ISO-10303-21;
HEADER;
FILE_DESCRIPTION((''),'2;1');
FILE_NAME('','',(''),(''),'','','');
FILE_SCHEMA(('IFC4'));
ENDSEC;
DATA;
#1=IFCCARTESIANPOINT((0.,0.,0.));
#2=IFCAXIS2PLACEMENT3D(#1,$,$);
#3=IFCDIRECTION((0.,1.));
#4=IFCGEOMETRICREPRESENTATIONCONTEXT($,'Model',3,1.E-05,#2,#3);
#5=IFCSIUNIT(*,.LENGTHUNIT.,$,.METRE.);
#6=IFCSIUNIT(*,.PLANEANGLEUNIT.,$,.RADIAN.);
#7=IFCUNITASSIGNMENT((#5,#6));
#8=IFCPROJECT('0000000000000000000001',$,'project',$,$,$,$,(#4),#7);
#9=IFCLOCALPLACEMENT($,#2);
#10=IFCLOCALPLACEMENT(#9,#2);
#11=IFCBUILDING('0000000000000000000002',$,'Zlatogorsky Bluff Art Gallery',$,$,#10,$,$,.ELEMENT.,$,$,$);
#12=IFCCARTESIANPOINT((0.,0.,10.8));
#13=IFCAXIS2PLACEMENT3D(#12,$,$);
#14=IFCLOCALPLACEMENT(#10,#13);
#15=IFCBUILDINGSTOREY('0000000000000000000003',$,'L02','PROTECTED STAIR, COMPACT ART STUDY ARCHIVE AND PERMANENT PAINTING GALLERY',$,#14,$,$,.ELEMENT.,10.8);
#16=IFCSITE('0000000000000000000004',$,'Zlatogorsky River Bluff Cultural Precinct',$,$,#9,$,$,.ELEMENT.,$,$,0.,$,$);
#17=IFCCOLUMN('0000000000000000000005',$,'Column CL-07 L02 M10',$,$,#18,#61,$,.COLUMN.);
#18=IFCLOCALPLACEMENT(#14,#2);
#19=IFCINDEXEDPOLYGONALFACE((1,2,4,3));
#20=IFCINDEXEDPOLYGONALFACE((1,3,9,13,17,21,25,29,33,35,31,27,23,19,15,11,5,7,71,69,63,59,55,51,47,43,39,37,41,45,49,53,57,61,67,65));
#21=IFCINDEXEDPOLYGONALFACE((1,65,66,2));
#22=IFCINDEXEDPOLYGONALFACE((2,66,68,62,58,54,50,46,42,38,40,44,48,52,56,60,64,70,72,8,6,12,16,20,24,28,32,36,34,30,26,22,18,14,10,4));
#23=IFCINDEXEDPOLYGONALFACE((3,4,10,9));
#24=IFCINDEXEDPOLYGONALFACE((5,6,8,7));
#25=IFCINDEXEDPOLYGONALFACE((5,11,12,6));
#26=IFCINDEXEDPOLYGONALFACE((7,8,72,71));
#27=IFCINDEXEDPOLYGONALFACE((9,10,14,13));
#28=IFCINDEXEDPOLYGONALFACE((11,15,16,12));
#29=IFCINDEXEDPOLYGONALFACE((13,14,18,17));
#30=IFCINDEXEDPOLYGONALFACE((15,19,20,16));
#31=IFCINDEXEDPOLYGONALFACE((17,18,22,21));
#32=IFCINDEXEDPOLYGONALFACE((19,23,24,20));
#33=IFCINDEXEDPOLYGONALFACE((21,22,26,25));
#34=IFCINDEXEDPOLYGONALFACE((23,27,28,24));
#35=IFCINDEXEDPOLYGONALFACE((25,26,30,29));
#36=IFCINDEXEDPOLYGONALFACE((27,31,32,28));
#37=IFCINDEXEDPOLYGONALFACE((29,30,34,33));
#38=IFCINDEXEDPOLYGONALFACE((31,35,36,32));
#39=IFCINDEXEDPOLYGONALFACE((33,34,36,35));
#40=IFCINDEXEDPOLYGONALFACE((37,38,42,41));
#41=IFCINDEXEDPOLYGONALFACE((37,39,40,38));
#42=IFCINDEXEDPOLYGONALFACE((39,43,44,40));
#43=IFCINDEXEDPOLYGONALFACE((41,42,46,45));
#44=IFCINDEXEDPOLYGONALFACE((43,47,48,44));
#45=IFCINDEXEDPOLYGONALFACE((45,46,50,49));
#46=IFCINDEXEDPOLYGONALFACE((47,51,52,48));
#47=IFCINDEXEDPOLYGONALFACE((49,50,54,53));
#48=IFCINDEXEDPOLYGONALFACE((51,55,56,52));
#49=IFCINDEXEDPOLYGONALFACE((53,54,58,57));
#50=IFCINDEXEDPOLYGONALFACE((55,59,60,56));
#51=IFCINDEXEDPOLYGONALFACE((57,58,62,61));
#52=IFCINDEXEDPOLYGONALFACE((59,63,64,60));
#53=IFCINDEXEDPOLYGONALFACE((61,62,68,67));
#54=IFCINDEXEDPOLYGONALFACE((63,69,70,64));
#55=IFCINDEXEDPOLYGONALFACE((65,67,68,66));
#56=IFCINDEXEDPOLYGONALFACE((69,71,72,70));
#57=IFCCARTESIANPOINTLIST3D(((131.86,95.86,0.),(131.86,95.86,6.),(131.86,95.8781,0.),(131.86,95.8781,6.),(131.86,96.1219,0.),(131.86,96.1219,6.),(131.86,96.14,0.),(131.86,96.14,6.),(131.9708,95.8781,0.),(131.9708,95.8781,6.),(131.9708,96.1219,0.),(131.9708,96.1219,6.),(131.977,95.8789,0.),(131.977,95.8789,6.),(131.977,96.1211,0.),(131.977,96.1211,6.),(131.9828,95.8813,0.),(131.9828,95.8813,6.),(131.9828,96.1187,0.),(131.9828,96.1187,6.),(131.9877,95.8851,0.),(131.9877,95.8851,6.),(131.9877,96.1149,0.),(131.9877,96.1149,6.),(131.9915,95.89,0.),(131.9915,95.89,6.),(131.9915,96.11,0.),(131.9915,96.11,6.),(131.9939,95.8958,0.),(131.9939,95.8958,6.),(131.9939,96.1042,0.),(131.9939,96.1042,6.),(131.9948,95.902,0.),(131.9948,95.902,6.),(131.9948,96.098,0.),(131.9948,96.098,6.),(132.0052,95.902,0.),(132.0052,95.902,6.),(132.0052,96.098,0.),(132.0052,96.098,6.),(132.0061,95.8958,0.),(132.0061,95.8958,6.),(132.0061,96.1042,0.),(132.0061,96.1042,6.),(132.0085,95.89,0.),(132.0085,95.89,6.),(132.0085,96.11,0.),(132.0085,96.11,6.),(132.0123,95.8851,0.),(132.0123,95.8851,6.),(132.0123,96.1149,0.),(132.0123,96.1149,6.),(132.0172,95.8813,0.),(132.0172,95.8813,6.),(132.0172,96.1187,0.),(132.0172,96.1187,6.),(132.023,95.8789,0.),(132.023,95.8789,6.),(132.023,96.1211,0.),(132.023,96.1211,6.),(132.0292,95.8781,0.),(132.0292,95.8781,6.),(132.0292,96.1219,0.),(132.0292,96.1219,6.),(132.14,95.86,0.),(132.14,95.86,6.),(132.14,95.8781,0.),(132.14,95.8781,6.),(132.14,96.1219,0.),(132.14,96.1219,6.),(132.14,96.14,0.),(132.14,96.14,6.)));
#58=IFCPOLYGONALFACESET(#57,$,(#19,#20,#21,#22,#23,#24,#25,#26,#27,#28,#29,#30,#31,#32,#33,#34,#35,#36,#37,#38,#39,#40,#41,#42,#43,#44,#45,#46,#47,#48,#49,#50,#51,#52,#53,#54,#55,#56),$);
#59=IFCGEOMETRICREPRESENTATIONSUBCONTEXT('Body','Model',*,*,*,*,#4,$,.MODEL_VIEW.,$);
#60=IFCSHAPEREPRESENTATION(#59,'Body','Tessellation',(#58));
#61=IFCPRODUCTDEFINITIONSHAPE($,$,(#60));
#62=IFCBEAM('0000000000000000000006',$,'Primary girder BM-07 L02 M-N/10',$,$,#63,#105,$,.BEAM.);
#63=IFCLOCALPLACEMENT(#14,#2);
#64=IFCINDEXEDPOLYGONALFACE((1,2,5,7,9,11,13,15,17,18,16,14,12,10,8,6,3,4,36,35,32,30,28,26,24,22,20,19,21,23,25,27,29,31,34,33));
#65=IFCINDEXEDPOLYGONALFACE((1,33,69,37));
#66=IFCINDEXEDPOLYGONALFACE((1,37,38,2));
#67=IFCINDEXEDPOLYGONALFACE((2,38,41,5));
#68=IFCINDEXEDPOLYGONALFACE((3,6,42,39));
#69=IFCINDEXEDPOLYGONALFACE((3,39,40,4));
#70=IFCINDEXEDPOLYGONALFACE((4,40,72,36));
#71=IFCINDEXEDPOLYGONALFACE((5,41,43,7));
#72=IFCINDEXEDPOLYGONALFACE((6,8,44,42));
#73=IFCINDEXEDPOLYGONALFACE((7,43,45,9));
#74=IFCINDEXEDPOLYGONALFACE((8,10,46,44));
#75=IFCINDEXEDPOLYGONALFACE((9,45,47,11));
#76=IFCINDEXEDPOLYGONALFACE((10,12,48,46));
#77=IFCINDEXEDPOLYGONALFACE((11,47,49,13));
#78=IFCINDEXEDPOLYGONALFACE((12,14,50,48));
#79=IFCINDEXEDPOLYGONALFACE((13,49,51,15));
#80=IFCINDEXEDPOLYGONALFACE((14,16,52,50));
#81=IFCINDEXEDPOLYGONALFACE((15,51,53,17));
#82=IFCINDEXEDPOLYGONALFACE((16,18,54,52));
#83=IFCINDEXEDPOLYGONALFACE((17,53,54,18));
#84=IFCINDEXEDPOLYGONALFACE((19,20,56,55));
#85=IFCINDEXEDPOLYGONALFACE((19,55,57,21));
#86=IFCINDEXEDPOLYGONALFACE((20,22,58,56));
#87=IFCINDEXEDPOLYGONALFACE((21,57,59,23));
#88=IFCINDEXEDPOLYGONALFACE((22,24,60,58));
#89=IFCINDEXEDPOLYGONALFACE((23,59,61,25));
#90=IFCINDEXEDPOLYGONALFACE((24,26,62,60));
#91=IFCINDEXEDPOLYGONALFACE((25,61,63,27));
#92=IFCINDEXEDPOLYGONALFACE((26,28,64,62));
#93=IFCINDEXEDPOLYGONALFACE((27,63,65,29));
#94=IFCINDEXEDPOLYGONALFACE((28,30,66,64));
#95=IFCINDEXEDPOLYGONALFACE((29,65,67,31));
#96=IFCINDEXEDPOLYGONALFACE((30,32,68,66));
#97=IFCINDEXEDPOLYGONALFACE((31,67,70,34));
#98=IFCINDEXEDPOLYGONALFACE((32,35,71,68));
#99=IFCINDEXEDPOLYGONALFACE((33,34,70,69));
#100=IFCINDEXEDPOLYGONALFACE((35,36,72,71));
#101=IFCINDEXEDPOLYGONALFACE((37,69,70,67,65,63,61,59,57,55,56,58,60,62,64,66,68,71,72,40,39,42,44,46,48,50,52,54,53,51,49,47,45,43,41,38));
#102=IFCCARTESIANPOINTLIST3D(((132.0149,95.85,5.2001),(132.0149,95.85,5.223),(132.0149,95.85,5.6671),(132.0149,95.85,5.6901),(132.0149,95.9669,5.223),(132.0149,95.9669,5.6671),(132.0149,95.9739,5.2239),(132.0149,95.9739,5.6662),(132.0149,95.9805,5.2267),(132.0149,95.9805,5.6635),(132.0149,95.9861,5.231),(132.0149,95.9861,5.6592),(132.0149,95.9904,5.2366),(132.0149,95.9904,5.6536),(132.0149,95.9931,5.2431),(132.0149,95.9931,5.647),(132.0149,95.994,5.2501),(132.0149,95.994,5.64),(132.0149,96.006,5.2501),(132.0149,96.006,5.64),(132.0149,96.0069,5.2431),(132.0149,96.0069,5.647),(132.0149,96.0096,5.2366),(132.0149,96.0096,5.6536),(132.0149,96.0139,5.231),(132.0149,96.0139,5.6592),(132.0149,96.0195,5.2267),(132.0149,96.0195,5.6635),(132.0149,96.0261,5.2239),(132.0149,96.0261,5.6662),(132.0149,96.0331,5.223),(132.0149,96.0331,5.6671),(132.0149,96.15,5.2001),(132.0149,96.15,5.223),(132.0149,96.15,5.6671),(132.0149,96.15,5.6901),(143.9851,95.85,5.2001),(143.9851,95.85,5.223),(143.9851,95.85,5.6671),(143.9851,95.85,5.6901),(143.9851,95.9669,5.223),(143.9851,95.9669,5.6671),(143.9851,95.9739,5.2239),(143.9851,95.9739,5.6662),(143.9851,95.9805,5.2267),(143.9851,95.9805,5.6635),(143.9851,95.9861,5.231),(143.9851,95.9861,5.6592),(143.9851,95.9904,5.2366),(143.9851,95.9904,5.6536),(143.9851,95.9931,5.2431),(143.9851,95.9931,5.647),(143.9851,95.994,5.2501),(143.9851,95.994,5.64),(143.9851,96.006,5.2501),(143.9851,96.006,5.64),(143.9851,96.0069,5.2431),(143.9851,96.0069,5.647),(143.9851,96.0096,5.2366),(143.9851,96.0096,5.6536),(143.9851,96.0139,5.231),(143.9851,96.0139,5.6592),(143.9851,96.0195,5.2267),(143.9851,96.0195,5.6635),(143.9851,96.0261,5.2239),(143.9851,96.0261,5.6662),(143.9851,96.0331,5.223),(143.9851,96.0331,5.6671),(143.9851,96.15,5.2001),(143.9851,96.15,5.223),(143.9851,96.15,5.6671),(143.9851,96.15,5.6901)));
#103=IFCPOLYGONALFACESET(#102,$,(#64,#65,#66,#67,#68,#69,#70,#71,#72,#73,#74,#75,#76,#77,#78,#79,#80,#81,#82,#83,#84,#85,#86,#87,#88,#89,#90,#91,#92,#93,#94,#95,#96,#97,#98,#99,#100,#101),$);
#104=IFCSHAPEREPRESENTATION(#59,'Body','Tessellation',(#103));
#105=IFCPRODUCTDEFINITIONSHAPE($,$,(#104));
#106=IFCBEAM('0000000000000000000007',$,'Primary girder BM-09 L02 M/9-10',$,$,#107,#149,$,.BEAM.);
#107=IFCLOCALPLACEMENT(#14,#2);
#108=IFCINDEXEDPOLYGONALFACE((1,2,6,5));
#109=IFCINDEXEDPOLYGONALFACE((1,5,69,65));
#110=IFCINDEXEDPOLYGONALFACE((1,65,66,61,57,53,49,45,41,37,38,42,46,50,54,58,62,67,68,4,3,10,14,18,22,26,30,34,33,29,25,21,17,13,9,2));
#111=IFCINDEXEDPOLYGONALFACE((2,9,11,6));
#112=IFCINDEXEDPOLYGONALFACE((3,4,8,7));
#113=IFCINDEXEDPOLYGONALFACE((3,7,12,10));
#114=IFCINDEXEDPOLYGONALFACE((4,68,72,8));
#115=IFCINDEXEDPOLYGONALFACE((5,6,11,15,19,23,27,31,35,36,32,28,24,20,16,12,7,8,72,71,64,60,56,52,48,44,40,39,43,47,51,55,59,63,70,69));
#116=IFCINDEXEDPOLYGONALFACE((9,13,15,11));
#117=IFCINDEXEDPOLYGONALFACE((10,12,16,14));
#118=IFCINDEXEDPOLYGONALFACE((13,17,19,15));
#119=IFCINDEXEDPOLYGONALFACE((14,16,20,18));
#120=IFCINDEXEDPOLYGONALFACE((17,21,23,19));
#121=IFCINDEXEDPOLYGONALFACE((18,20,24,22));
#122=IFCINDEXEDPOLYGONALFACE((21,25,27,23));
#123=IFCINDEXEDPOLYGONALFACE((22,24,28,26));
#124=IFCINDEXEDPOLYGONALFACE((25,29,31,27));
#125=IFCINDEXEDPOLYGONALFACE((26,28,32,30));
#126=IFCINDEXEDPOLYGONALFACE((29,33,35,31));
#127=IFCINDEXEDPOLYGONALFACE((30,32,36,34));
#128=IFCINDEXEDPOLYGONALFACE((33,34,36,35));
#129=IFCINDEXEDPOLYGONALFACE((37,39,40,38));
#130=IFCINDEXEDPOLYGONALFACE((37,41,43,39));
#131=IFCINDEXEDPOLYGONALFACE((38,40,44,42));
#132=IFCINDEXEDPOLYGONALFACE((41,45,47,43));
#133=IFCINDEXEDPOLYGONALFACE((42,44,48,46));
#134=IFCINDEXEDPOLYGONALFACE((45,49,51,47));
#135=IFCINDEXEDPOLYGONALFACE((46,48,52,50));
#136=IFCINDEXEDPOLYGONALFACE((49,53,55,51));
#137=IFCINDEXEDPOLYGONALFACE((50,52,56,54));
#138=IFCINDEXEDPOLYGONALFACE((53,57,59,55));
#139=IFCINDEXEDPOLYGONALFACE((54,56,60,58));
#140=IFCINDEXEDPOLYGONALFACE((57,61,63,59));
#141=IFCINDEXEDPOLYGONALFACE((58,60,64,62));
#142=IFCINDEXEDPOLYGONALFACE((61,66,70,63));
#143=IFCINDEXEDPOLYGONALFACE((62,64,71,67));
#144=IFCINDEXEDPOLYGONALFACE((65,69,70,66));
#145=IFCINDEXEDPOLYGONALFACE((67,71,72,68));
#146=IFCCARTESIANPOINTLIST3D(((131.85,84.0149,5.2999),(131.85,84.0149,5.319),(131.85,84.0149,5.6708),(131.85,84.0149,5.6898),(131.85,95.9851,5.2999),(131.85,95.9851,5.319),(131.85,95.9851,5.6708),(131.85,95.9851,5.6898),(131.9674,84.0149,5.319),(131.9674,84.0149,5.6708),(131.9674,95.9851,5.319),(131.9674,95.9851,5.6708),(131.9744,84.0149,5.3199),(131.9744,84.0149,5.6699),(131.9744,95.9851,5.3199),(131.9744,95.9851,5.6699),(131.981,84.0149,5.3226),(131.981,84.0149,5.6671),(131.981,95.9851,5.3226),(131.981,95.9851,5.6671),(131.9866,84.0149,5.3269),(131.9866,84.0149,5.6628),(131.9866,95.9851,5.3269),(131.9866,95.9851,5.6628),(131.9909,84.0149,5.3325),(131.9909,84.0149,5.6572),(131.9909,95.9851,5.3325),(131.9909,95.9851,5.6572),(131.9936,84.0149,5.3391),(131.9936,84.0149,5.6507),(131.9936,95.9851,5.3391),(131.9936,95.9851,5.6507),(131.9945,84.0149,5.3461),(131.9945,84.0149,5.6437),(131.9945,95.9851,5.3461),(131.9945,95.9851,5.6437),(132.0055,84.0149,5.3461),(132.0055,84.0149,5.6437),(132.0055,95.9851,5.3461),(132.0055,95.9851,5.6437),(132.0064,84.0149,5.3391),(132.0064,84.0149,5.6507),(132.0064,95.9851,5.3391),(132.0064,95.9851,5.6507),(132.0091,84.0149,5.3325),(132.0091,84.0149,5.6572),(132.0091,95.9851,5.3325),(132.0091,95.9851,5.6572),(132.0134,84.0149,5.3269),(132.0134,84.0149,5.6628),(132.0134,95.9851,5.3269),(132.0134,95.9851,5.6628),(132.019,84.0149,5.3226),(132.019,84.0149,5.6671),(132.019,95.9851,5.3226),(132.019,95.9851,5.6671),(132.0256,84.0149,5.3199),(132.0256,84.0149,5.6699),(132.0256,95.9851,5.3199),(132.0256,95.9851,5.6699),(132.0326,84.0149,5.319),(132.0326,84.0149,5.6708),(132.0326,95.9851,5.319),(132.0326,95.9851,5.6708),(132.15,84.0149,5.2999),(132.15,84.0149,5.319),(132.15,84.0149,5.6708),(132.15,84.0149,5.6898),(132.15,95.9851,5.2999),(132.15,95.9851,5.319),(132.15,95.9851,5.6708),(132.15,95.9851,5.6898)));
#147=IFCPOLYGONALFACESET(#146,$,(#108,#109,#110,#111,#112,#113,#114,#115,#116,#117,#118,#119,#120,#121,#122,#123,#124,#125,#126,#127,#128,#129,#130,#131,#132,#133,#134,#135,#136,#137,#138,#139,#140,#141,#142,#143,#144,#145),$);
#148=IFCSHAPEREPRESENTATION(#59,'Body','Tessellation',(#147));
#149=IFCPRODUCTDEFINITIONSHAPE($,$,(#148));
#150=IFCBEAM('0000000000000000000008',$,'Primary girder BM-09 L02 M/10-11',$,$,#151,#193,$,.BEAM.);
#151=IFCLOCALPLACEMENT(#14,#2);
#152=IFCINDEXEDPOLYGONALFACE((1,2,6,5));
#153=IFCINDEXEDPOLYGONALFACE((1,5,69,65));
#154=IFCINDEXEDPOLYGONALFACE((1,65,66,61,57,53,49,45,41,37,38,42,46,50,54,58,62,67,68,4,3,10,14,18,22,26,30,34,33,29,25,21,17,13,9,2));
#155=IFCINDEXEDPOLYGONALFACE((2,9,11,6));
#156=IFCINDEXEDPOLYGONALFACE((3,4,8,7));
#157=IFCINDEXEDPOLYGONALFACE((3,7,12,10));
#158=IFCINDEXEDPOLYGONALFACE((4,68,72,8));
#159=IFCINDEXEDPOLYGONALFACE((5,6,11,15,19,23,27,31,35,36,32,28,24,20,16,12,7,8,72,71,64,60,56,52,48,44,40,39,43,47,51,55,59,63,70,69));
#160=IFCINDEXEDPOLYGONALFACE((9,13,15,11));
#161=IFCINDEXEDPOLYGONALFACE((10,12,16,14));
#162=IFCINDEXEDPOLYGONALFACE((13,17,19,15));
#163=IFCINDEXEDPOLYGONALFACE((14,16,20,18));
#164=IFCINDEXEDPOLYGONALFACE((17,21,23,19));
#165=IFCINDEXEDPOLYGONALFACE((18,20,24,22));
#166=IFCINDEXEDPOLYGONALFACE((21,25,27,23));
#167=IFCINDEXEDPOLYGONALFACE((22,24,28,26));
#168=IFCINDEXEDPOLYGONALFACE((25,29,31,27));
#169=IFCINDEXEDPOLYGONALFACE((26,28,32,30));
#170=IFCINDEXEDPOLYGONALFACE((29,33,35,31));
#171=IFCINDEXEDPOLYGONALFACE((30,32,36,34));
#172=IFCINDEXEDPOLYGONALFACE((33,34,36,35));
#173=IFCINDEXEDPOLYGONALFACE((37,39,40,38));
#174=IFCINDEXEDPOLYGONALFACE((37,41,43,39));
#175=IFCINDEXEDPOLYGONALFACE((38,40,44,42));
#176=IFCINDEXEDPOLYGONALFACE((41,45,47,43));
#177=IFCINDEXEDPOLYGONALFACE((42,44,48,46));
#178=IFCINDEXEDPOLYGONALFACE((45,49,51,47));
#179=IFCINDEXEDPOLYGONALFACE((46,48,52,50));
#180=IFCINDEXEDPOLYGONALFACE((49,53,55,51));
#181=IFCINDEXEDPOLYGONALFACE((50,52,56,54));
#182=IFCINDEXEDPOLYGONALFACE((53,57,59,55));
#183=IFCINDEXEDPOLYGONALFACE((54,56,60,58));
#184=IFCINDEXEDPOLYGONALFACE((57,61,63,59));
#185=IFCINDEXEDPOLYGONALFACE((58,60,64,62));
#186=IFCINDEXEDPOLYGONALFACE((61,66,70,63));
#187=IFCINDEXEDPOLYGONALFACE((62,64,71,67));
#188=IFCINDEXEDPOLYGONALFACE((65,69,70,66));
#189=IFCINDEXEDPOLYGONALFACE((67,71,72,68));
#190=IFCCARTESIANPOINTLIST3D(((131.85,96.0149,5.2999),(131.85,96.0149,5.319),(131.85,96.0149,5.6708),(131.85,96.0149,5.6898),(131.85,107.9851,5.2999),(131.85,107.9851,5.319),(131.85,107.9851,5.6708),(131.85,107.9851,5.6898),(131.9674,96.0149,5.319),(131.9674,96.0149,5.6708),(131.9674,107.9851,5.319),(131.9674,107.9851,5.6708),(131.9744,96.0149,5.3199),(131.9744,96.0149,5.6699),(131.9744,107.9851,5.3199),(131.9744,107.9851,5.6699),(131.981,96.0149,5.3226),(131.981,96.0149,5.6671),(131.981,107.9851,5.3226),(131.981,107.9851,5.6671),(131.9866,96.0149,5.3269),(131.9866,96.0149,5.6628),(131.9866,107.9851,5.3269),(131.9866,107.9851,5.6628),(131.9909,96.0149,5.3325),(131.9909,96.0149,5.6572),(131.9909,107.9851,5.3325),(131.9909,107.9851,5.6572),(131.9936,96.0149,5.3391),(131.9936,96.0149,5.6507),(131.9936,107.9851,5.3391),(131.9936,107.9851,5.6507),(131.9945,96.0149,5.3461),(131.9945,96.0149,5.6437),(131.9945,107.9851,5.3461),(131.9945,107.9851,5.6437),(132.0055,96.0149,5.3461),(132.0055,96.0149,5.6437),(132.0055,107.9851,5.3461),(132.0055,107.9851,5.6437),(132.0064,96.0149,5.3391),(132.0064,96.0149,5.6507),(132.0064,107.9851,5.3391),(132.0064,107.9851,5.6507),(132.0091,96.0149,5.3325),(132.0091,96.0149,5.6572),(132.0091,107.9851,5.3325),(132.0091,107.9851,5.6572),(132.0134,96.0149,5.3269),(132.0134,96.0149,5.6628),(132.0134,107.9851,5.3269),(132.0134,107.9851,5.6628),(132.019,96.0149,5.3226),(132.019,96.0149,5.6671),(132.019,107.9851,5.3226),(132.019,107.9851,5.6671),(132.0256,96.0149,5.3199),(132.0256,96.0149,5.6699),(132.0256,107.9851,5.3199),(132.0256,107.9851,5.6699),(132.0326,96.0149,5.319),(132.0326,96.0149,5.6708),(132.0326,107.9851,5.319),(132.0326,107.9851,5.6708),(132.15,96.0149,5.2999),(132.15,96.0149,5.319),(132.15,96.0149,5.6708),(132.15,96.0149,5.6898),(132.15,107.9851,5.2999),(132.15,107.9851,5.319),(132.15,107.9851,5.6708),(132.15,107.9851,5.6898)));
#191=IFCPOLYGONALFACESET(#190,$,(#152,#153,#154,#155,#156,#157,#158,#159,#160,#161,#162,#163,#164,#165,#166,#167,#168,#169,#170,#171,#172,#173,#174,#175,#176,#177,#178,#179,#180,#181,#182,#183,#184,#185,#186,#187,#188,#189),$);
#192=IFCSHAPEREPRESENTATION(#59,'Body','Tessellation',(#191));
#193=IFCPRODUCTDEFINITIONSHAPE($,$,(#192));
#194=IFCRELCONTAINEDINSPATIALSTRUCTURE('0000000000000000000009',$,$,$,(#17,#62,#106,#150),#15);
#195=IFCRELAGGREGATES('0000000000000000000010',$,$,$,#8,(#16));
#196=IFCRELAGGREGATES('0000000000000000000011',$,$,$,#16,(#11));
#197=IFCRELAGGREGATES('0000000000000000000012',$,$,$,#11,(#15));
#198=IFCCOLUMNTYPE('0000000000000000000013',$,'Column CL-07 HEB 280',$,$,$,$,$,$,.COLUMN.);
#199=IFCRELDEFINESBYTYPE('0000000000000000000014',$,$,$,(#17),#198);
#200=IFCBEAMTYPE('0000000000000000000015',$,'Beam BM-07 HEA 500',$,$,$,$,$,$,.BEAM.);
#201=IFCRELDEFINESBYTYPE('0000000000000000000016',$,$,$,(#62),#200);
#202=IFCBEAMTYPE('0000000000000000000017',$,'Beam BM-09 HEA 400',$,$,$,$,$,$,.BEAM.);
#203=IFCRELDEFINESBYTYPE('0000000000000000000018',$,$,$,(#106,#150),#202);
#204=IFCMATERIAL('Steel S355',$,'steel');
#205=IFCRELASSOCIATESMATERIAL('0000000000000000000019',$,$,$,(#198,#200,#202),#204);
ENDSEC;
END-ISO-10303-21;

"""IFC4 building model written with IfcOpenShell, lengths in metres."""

from ifc_helpers import new_model, si_unit, direction, frame, origin, origin_2d, place, context, subcontext, project, spatial, i_section, extrude, material, material_profile, profile_set, type_object, element, save


model = new_model("IFC4")

# Units and contexts
model_context = context("Model", 3, precision=1e-05, world=origin(), true_north=direction((0.0, 1.0)))
body_context = subcontext(model_context, "Body", "Model", "MODEL_VIEW")
ifc_project = project(units=[si_unit("LENGTHUNIT", "METRE"), si_unit("PLANEANGLEUNIT", "RADIAN")], contexts=[model_context])

# Site, building, storey
site_placement = place(None, origin())
site = spatial("IfcSite", under=ifc_project, at=site_placement, Name="Zlatogorsky River Bluff Cultural Precinct", CompositionType="ELEMENT", RefElevation=0.0)
building_placement = place(site_placement, origin())
building = spatial("IfcBuilding", under=site, at=building_placement, Name="Zlatogorsky Bluff Art Gallery", CompositionType="ELEMENT")
storey_placement = place(building_placement, frame((0.0, 0.0, 10.8)))
storey = spatial("IfcBuildingStorey", under=building, at=storey_placement, Name="L02", Description="PROTECTED STAIR, COMPACT ART STUDY ARCHIVE AND PERMANENT PAINTING GALLERY", CompositionType="ELEMENT", Elevation=10.8)

# Column
ifc_material_1 = material(Name="Steel S355", Category="steel")
ifc_material_profile_1 = material_profile(ifc_material_1, i_section(OverallWidth=0.28, OverallDepth=0.28, WebThickness=0.0105, FlangeThickness=0.0181, FilletRadius=0.0239, at=origin_2d()), Name="HEB 280")
ifc_profile_set_1 = profile_set([ifc_material_profile_1], Name="Steel S355")
column_type = type_object("IfcColumnType", Name="Column CL-07 HEB 280", PredefinedType="COLUMN", material=ifc_profile_set_1)
column_placement = place(storey_placement, frame((132.0, 96.0, 0.0), z_axis=(0.0, 0.0, 1.0), x_axis=(1.0, 0.0, 0.0)))
element("IfcColumn", 1, at=column_placement, inside=storey, type_object=column_type, Name="Column CL-07 L02 M10", PredefinedType="COLUMN", context=body_context, shape_type="SweptSolid", body=[
    extrude(i_section(OverallWidth=0.28, OverallDepth=0.28, WebThickness=0.0105, FlangeThickness=0.0181, FilletRadius=0.0239, at=origin_2d()), origin(), (0.0, 0.0, 1.0), 6.0),
])

# Beams
ifc_material_profile_2 = material_profile(ifc_material_1, i_section(OverallWidth=0.3, OverallDepth=0.49, WebThickness=0.012, FlangeThickness=0.0229, FilletRadius=0.0271, at=origin_2d()), Name="HEA 500")
ifc_profile_set_2 = profile_set([ifc_material_profile_2], Name="Steel S355")
beam_type_1 = type_object("IfcBeamType", Name="Beam BM-07 HEA 500", PredefinedType="BEAM", material=ifc_profile_set_2)
beam_placement = place(storey_placement, frame((132.0149, 96.0, 5.4451), z_axis=(1.0, 0.0, 0.0), x_axis=(0.0, 1.0, 0.0)))
element("IfcBeam", 2, at=beam_placement, inside=storey, type_object=beam_type_1, Name="Primary girder BM-07 L02 M-N/10", PredefinedType="BEAM", context=body_context, shape_type="SweptSolid", body=[
    extrude(i_section(OverallWidth=0.3, OverallDepth=0.49, WebThickness=0.012, FlangeThickness=0.0229, FilletRadius=0.0271, at=origin_2d()), origin(), (0.0, 0.0, 1.0), 11.9702),
])
ifc_material_profile_3 = material_profile(ifc_material_1, i_section(OverallWidth=0.3, OverallDepth=0.3899, WebThickness=0.011, FlangeThickness=0.019, FilletRadius=0.0271, at=origin_2d()), Name="HEA 400")
ifc_profile_set_3 = profile_set([ifc_material_profile_3], Name="Steel S355")
beam_type_2 = type_object("IfcBeamType", Name="Beam BM-09 HEA 400", PredefinedType="BEAM", material=ifc_profile_set_3)
for number, where, z_axis, x_axis, name in (
    (3, (132.0, 84.0149, 5.4949), (0.0, 1.0, 0.0), (-1.0, 0.0, 0.0), "Primary girder BM-09 L02 M/9-10"),
    (4, (132.0, 96.0149, 5.4949), (0.0, 1.0, 0.0), (-1.0, 0.0, 0.0), "Primary girder BM-09 L02 M/10-11"),
):
    element("IfcBeam", number, at=place(storey_placement, frame(where, z_axis=z_axis, x_axis=x_axis)), inside=storey, type_object=beam_type_2, Name=name, PredefinedType="BEAM", context=body_context, shape_type="SweptSolid", body=[
        extrude(i_section(OverallWidth=0.3, OverallDepth=0.3899, WebThickness=0.011, FlangeThickness=0.019, FilletRadius=0.0271, at=origin_2d()), origin(), (0.0, 0.0, 1.0), 11.9702),
    ])

save(model, "model.ifc")
